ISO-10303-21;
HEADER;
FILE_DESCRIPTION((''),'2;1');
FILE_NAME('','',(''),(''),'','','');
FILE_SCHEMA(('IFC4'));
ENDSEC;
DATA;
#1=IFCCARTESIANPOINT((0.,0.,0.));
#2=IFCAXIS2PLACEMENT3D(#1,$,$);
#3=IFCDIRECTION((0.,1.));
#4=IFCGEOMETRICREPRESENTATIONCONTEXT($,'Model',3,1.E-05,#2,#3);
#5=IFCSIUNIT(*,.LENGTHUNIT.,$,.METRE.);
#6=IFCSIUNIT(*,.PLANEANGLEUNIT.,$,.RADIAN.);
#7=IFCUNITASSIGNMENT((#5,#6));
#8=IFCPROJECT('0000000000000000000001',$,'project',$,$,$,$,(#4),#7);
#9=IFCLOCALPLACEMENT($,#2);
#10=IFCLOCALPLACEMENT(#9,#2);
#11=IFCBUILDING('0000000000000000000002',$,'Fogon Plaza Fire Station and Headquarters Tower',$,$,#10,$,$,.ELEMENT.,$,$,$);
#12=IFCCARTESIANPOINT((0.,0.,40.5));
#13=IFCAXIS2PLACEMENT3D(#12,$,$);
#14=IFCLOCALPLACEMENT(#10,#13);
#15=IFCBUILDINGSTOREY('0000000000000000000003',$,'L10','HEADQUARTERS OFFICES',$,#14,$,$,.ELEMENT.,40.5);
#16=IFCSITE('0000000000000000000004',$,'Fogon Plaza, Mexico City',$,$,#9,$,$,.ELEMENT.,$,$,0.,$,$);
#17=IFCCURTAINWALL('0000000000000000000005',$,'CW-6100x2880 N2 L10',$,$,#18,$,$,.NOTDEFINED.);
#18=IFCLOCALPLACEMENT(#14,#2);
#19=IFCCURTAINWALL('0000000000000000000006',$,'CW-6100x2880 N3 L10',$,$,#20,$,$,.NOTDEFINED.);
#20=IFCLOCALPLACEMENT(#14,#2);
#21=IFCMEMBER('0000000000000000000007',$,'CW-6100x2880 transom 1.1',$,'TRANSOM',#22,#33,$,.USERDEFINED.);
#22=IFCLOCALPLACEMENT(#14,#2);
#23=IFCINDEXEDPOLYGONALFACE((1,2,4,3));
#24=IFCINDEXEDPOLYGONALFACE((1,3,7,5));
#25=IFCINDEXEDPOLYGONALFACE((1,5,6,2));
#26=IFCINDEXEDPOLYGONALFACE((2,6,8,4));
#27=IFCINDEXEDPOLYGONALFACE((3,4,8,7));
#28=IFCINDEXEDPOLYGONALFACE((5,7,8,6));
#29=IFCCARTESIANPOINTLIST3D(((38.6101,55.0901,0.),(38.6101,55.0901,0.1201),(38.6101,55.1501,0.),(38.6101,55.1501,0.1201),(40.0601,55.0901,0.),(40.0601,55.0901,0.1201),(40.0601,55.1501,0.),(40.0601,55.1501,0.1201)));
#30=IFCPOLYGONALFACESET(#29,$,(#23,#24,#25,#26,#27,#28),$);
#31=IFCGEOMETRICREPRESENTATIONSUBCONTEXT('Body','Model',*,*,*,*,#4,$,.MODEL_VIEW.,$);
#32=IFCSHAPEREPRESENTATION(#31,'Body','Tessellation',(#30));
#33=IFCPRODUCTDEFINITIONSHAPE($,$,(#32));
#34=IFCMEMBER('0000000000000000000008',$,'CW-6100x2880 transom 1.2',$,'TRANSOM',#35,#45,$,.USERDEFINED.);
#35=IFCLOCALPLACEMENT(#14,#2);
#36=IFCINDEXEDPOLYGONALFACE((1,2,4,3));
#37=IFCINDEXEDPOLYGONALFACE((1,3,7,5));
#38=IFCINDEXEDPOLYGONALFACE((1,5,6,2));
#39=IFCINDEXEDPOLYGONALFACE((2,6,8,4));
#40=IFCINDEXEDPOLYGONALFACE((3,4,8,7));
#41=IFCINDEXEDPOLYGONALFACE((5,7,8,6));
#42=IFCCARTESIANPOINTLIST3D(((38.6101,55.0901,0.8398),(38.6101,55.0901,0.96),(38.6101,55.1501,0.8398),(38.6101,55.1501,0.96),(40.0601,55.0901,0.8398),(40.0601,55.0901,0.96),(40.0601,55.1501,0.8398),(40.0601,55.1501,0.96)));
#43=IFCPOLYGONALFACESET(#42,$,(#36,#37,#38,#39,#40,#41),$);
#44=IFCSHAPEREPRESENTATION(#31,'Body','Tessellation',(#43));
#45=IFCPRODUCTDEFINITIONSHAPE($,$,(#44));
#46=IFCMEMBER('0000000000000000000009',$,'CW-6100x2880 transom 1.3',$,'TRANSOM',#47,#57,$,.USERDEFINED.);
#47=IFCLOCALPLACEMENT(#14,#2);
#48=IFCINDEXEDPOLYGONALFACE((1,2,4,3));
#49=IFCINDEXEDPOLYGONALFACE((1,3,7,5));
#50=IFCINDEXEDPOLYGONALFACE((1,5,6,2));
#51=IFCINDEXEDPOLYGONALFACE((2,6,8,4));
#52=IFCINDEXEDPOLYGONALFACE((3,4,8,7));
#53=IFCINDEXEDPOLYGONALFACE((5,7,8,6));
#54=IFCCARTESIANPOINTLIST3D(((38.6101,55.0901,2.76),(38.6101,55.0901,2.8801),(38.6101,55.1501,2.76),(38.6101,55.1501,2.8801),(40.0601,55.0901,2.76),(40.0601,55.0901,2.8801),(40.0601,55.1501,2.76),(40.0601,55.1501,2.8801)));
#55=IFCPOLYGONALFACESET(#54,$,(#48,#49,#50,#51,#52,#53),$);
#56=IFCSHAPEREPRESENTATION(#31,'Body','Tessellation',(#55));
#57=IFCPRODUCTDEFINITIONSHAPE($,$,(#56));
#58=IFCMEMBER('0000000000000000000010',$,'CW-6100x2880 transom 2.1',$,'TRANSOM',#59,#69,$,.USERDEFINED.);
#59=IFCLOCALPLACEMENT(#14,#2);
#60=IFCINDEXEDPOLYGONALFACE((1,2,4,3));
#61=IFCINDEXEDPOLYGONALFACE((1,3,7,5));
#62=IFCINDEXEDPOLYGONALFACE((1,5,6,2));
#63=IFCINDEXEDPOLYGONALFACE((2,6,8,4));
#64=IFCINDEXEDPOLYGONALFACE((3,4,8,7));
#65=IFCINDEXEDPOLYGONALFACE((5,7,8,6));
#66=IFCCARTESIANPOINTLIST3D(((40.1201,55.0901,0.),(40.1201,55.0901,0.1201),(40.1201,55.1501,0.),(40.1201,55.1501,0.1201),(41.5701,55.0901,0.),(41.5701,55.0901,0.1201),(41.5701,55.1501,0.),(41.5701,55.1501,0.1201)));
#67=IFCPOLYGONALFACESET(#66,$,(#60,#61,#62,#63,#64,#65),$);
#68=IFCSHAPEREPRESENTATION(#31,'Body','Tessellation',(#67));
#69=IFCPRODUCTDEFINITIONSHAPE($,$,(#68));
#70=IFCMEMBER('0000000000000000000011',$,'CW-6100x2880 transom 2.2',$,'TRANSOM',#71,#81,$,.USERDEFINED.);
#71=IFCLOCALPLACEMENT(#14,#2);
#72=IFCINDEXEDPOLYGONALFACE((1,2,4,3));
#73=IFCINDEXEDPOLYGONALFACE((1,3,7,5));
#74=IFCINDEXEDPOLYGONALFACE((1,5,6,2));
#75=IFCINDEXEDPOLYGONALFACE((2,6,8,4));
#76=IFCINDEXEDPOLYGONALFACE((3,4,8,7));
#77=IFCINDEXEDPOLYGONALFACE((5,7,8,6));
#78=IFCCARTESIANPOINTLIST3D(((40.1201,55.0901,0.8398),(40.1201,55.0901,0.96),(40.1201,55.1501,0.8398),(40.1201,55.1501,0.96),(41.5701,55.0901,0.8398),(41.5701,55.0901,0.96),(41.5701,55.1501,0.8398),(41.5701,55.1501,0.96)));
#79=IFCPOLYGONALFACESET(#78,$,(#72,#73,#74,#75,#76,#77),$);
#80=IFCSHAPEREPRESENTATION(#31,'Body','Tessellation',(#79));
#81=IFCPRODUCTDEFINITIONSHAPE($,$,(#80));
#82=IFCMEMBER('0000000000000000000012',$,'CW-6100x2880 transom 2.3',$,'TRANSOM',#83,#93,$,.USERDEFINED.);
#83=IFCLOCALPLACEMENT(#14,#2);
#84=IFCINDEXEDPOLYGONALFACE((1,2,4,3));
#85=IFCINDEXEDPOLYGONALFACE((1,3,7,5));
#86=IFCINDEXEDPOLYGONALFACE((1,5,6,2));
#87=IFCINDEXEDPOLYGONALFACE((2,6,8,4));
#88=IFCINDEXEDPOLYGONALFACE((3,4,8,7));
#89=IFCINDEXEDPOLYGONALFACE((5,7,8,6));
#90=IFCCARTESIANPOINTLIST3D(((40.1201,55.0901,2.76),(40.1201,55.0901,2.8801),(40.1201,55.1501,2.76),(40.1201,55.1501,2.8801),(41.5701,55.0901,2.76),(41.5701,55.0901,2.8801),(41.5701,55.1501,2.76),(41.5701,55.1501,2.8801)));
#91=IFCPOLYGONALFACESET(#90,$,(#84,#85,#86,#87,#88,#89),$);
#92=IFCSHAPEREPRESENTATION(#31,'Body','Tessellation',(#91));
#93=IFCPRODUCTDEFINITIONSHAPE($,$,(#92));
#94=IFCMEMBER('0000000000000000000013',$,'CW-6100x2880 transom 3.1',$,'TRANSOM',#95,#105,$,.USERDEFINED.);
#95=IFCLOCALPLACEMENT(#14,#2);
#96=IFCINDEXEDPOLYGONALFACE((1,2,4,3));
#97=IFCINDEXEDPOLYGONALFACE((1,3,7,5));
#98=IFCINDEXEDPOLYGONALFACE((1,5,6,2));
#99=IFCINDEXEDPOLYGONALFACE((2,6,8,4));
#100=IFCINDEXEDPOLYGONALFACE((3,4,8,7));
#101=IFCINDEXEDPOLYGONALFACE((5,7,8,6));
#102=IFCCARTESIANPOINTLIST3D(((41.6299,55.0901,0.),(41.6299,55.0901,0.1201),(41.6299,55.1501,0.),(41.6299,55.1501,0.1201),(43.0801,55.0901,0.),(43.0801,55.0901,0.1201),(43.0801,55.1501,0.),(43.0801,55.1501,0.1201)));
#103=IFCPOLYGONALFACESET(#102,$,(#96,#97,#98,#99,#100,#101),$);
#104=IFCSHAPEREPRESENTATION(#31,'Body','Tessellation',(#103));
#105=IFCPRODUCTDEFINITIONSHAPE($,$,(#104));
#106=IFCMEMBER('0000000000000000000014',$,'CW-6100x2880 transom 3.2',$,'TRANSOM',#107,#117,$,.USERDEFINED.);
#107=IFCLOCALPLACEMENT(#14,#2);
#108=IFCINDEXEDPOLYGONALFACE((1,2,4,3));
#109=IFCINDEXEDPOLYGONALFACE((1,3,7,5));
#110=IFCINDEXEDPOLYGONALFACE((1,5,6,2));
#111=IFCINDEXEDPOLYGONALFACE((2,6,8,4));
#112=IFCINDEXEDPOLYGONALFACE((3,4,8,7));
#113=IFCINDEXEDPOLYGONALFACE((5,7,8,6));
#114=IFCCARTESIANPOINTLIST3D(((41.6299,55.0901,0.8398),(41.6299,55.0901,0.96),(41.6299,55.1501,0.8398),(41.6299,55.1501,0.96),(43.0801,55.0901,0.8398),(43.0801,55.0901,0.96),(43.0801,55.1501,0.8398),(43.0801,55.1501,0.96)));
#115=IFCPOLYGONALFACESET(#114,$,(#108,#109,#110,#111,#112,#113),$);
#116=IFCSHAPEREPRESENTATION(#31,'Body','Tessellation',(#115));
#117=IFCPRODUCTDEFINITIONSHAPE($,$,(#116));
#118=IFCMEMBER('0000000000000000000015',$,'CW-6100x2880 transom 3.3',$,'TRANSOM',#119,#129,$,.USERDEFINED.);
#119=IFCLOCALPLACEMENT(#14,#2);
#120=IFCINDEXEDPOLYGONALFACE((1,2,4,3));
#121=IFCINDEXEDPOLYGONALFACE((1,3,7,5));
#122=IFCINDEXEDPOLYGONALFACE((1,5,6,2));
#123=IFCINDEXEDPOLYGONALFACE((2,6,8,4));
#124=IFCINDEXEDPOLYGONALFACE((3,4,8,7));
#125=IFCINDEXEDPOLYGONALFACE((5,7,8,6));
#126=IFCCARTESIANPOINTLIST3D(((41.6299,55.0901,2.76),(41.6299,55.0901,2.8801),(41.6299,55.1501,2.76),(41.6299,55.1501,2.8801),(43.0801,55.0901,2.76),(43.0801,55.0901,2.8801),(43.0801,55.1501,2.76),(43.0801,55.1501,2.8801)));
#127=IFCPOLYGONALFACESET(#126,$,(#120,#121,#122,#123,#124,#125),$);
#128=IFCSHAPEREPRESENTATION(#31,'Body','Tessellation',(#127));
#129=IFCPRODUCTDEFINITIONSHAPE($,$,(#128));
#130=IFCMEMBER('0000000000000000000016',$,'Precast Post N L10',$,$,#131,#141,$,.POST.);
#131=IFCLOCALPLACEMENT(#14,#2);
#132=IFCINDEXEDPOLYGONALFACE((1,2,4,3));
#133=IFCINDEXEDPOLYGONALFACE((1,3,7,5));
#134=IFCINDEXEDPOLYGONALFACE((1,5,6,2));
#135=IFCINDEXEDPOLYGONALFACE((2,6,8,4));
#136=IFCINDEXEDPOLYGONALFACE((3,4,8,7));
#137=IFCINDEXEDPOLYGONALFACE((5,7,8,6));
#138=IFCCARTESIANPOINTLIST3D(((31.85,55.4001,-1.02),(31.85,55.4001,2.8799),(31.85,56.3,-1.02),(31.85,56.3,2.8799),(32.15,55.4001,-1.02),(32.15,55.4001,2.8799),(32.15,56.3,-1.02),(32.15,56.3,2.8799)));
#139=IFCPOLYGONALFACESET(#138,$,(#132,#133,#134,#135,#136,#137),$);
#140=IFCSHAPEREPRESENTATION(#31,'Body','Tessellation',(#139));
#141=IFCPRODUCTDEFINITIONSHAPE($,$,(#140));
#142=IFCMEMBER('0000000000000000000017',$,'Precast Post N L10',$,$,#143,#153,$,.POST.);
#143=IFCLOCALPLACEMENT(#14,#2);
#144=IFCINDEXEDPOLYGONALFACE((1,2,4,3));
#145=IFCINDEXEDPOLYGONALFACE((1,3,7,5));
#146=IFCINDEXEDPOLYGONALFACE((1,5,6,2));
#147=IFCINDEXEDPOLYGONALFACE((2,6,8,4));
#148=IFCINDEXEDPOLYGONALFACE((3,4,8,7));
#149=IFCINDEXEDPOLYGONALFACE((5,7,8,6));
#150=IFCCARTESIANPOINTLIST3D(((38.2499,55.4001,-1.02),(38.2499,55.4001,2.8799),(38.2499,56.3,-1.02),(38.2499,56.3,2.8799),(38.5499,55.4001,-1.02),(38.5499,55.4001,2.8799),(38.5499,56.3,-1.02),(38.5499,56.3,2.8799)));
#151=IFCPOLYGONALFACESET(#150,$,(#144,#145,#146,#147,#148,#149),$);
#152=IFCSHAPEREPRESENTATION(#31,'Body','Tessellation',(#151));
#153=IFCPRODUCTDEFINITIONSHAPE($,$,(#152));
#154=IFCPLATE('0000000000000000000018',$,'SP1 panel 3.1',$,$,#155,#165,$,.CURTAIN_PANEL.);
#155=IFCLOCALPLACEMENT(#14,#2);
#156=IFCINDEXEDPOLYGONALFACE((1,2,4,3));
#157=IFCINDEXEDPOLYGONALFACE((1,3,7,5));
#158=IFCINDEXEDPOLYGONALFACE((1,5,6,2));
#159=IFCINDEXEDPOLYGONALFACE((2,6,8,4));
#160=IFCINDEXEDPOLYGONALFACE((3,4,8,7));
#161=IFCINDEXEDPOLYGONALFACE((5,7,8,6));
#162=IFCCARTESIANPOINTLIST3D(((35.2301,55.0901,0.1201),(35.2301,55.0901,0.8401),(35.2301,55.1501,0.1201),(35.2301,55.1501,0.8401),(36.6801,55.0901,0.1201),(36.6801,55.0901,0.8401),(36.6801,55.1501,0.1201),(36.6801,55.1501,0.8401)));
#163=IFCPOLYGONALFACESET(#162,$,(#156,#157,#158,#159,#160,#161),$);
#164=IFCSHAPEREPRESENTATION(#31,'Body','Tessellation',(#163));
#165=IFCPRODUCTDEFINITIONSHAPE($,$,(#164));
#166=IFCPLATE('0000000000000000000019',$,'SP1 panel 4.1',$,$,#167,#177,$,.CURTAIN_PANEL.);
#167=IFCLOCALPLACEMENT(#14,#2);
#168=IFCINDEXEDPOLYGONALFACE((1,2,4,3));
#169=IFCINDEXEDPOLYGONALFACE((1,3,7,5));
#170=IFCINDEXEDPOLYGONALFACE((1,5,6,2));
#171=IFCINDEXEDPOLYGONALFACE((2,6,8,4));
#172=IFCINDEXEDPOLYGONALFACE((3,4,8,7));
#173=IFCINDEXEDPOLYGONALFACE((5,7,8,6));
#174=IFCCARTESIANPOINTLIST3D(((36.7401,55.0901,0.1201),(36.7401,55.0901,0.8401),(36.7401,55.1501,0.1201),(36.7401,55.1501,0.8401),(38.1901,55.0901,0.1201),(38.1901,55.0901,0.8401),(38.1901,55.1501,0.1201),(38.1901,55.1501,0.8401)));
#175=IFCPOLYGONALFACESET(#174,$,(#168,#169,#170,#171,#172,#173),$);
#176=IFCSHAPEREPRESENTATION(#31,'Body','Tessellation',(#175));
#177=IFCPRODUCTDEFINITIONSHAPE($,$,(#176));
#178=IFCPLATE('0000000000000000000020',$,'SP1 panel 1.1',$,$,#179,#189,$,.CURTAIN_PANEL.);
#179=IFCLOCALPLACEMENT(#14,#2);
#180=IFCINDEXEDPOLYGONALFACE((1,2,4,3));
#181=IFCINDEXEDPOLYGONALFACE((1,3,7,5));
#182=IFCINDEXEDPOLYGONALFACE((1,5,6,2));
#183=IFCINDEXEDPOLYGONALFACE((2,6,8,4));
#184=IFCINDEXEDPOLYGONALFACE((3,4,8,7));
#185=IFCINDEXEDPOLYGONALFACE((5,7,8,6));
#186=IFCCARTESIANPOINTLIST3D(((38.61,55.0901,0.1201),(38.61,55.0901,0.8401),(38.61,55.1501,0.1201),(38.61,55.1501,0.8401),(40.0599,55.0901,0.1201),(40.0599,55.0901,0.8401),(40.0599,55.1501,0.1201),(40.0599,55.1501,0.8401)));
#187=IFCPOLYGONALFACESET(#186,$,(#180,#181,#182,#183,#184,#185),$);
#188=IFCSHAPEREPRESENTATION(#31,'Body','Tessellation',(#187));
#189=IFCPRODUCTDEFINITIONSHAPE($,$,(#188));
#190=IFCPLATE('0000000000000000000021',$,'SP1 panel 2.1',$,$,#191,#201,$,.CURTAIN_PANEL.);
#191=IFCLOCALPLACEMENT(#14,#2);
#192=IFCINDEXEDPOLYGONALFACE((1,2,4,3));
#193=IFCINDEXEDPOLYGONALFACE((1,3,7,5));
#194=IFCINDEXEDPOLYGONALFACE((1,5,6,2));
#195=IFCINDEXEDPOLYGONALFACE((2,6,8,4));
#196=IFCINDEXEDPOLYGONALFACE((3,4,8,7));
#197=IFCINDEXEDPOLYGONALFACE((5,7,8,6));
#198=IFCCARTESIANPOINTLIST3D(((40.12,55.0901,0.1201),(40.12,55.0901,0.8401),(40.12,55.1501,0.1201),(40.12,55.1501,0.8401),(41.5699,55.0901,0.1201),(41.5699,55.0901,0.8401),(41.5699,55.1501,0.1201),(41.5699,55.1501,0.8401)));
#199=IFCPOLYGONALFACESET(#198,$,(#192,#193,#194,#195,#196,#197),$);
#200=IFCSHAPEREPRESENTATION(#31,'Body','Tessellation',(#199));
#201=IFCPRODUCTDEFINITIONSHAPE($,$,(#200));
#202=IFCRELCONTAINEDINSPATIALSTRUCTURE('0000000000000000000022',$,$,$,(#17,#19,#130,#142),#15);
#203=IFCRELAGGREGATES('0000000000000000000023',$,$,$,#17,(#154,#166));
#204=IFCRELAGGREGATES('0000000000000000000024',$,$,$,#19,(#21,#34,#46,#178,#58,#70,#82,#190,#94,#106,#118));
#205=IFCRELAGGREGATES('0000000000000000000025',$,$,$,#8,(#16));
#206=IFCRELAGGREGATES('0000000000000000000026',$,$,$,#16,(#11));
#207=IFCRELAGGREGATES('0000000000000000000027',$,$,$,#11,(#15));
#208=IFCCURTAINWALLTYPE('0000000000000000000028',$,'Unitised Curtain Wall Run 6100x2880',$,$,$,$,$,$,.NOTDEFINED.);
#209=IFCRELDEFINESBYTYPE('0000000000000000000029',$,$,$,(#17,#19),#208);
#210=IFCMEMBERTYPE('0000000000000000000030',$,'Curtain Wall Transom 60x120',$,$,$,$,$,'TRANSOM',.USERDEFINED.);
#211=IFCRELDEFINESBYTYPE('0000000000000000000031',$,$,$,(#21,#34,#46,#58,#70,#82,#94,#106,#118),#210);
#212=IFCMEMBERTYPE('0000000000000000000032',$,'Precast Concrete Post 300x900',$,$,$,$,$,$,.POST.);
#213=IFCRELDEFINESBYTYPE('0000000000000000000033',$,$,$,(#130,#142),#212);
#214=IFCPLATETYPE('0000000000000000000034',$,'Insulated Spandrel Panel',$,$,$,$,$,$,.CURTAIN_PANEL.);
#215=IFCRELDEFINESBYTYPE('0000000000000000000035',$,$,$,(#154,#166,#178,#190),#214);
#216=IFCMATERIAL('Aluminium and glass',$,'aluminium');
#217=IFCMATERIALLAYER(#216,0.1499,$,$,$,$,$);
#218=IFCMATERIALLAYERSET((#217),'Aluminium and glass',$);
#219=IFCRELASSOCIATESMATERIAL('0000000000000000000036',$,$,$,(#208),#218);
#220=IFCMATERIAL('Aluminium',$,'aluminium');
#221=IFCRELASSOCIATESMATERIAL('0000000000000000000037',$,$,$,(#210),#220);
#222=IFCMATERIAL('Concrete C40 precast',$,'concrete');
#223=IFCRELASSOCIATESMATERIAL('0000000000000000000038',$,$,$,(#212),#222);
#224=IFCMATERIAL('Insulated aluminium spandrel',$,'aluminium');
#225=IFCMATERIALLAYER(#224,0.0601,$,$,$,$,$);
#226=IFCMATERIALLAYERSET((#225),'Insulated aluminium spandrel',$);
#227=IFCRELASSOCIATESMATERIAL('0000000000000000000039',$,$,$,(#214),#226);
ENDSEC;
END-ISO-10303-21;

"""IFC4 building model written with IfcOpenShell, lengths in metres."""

from ifc_helpers import new_model, si_unit, direction, frame, origin, origin_2d, place, context, subcontext, project, spatial, rectangle, extrude, material, layer, layer_set, material_profile, profile_set, type_object, element, aggregate, save


model = new_model("IFC4")

# Units and contexts
model_context = context("Model", 3, precision=1e-05, world=origin(), true_north=direction((0.0, 1.0)))
body_context = subcontext(model_context, "Body", "Model", "MODEL_VIEW")
ifc_project = project(units=[si_unit("LENGTHUNIT", "METRE"), si_unit("PLANEANGLEUNIT", "RADIAN")], contexts=[model_context])

# Site, building, storey
site_placement = place(None, origin())
site = spatial("IfcSite", under=ifc_project, at=site_placement, Name="Fogon Plaza, Mexico City", CompositionType="ELEMENT", RefElevation=0.0)
building_placement = place(site_placement, origin())
building = spatial("IfcBuilding", under=site, at=building_placement, Name="Fogon Plaza Fire Station and Headquarters Tower", CompositionType="ELEMENT")
storey_placement = place(building_placement, frame((0.0, 0.0, 40.5)))
storey = spatial("IfcBuildingStorey", under=building, at=storey_placement, Name="L10", Description="HEADQUARTERS OFFICES", CompositionType="ELEMENT", Elevation=40.5)

# Curtain walls
ifc_material_1 = material(Name="Aluminium and glass", Category="aluminium")
ifc_layer_1 = layer(ifc_material_1, 0.1499)
ifc_layer_set_1 = layer_set([ifc_layer_1], Name="Aluminium and glass")
curtain_wall_type = type_object("IfcCurtainWallType", Name="Unitised Curtain Wall Run 6100x2880", PredefinedType="NOTDEFINED", material=ifc_layer_set_1)
curtain_wall_1_placement = place(storey_placement, origin())
curtain_wall_1 = element("IfcCurtainWall", 1, at=curtain_wall_1_placement, inside=storey, type_object=curtain_wall_type, Name="CW-6100x2880 N2 L10", PredefinedType="NOTDEFINED")
curtain_wall_2_placement = place(storey_placement, origin())
curtain_wall_2 = element("IfcCurtainWall", 2, at=curtain_wall_2_placement, inside=storey, type_object=curtain_wall_type, Name="CW-6100x2880 N3 L10", PredefinedType="NOTDEFINED")

# Members
ifc_material_2 = material(Name="Aluminium", Category="aluminium")
ifc_material_profile_1 = material_profile(ifc_material_2, rectangle(XDim=0.0601, YDim=0.1201, at=origin_2d()), Name="Curtain Wall Transom 60x120")
ifc_profile_set_1 = profile_set([ifc_material_profile_1], Name="Aluminium")
member_type_1 = type_object("IfcMemberType", Name="Curtain Wall Transom 60x120", ElementType="TRANSOM", PredefinedType="USERDEFINED", material=ifc_profile_set_1)
member_1_placement = place(storey_placement, frame((38.6101, 55.1201, 0.0601), z_axis=(1.0, 0.0, 0.0), x_axis=(0.0, 1.0, 0.0)))
member_1 = element("IfcMember", 3, at=member_1_placement, type_object=member_type_1, Name="CW-6100x2880 transom 1.1", ObjectType="TRANSOM", PredefinedType="USERDEFINED", context=body_context, shape_type="SweptSolid", body=[
    extrude(rectangle(XDim=0.0601, YDim=0.1201, at=origin_2d()), origin(), (0.0, 0.0, 1.0), 1.45),
])
member_2_placement = place(storey_placement, frame((38.6101, 55.1201, 0.8999), z_axis=(1.0, 0.0, 0.0), x_axis=(0.0, 1.0, 0.0)))
member_2 = element("IfcMember", 4, at=member_2_placement, type_object=member_type_1, Name="CW-6100x2880 transom 1.2", ObjectType="TRANSOM", PredefinedType="USERDEFINED", context=body_context, shape_type="SweptSolid", body=[
    extrude(rectangle(XDim=0.0601, YDim=0.1201, at=origin_2d()), origin(), (0.0, 0.0, 1.0), 1.45),
])
member_3_placement = place(storey_placement, frame((38.6101, 55.1201, 2.8201), z_axis=(1.0, 0.0, 0.0), x_axis=(0.0, 1.0, 0.0)))
member_3 = element("IfcMember", 5, at=member_3_placement, type_object=member_type_1, Name="CW-6100x2880 transom 1.3", ObjectType="TRANSOM", PredefinedType="USERDEFINED", context=body_context, shape_type="SweptSolid", body=[
    extrude(rectangle(XDim=0.0601, YDim=0.1201, at=origin_2d()), origin(), (0.0, 0.0, 1.0), 1.45),
])
member_4_placement = place(storey_placement, frame((40.1201, 55.1201, 0.0601), z_axis=(1.0, 0.0, 0.0), x_axis=(0.0, 1.0, 0.0)))
member_4 = element("IfcMember", 6, at=member_4_placement, type_object=member_type_1, Name="CW-6100x2880 transom 2.1", ObjectType="TRANSOM", PredefinedType="USERDEFINED", context=body_context, shape_type="SweptSolid", body=[
    extrude(rectangle(XDim=0.0601, YDim=0.1201, at=origin_2d()), origin(), (0.0, 0.0, 1.0), 1.45),
])
member_5_placement = place(storey_placement, frame((40.1201, 55.1201, 0.8999), z_axis=(1.0, 0.0, 0.0), x_axis=(0.0, 1.0, 0.0)))
member_5 = element("IfcMember", 7, at=member_5_placement, type_object=member_type_1, Name="CW-6100x2880 transom 2.2", ObjectType="TRANSOM", PredefinedType="USERDEFINED", context=body_context, shape_type="SweptSolid", body=[
    extrude(rectangle(XDim=0.0601, YDim=0.1201, at=origin_2d()), origin(), (0.0, 0.0, 1.0), 1.45),
])
member_6_placement = place(storey_placement, frame((40.1201, 55.1201, 2.8201), z_axis=(1.0, 0.0, 0.0), x_axis=(0.0, 1.0, 0.0)))
member_6 = element("IfcMember", 8, at=member_6_placement, type_object=member_type_1, Name="CW-6100x2880 transom 2.3", ObjectType="TRANSOM", PredefinedType="USERDEFINED", context=body_context, shape_type="SweptSolid", body=[
    extrude(rectangle(XDim=0.0601, YDim=0.1201, at=origin_2d()), origin(), (0.0, 0.0, 1.0), 1.45),
])
member_7_placement = place(storey_placement, frame((41.6299, 55.1201, 0.0601), z_axis=(1.0, 0.0, 0.0), x_axis=(0.0, 1.0, 0.0)))
member_7 = element("IfcMember", 9, at=member_7_placement, type_object=member_type_1, Name="CW-6100x2880 transom 3.1", ObjectType="TRANSOM", PredefinedType="USERDEFINED", context=body_context, shape_type="SweptSolid", body=[
    extrude(rectangle(XDim=0.0601, YDim=0.1201, at=origin_2d()), origin(), (0.0, 0.0, 1.0), 1.4502),
])
member_8_placement = place(storey_placement, frame((41.6299, 55.1201, 0.8999), z_axis=(1.0, 0.0, 0.0), x_axis=(0.0, 1.0, 0.0)))
member_8 = element("IfcMember", 10, at=member_8_placement, type_object=member_type_1, Name="CW-6100x2880 transom 3.2", ObjectType="TRANSOM", PredefinedType="USERDEFINED", context=body_context, shape_type="SweptSolid", body=[
    extrude(rectangle(XDim=0.0601, YDim=0.1201, at=origin_2d()), origin(), (0.0, 0.0, 1.0), 1.4502),
])
member_9_placement = place(storey_placement, frame((41.6299, 55.1201, 2.8201), z_axis=(1.0, 0.0, 0.0), x_axis=(0.0, 1.0, 0.0)))
member_9 = element("IfcMember", 11, at=member_9_placement, type_object=member_type_1, Name="CW-6100x2880 transom 3.3", ObjectType="TRANSOM", PredefinedType="USERDEFINED", context=body_context, shape_type="SweptSolid", body=[
    extrude(rectangle(XDim=0.0601, YDim=0.1201, at=origin_2d()), origin(), (0.0, 0.0, 1.0), 1.4502),
])

# Members
ifc_material_3 = material(Name="Concrete C40 precast", Category="concrete")
ifc_material_profile_2 = material_profile(ifc_material_3, rectangle(XDim=0.3, YDim=0.8999, at=origin_2d()), Name="Precast Concrete Post 300x900")
ifc_profile_set_2 = profile_set([ifc_material_profile_2], Name="Concrete C40 precast")
member_type_2 = type_object("IfcMemberType", Name="Precast Concrete Post 300x900", PredefinedType="POST", material=ifc_profile_set_2)
for number, where, z_axis, x_axis, name in (
    (12, (32.0, 55.8501, -1.02), (0.0, 0.0, 1.0), (1.0, 0.0, 0.0), "Precast Post N L10"),
    (13, (38.3999, 55.8501, -1.02), (0.0, 0.0, 1.0), (1.0, 0.0, 0.0), "Precast Post N L10"),
):
    element("IfcMember", number, at=place(storey_placement, frame(where, z_axis=z_axis, x_axis=x_axis)), inside=storey, type_object=member_type_2, Name=name, PredefinedType="POST", context=body_context, shape_type="SweptSolid", body=[
        extrude(rectangle(XDim=0.3, YDim=0.8999, at=origin_2d()), origin(), (0.0, 0.0, 1.0), 3.8999),
    ])

# Plates
ifc_material_4 = material(Name="Insulated aluminium spandrel", Category="aluminium")
ifc_layer_2 = layer(ifc_material_4, 0.0601)
ifc_layer_set_2 = layer_set([ifc_layer_2], Name="Insulated aluminium spandrel")
plate_type_1 = type_object("IfcPlateType", Name="Insulated Spandrel Panel", PredefinedType="CURTAIN_PANEL", material=ifc_layer_set_2)
plate_1_placement = place(storey_placement, frame((35.9551, 55.1201, 0.1201), z_axis=(0.0, 0.0, 1.0), x_axis=(1.0, 0.0, 0.0)))
plate_1 = element("IfcPlate", 14, at=plate_1_placement, type_object=plate_type_1, Name="SP1 panel 3.1", PredefinedType="CURTAIN_PANEL", context=body_context, shape_type="SweptSolid", body=[
    extrude(rectangle(XDim=1.45, YDim=0.0601, at=origin_2d()), origin(), (0.0, 0.0, 1.0), 0.72),
])
plate_2_placement = place(storey_placement, frame((37.4651, 55.1201, 0.1201), z_axis=(0.0, 0.0, 1.0), x_axis=(1.0, 0.0, 0.0)))
plate_2 = element("IfcPlate", 15, at=plate_2_placement, type_object=plate_type_1, Name="SP1 panel 4.1", PredefinedType="CURTAIN_PANEL", context=body_context, shape_type="SweptSolid", body=[
    extrude(rectangle(XDim=1.45, YDim=0.0601, at=origin_2d()), origin(), (0.0, 0.0, 1.0), 0.72),
])
plate_3_placement = place(storey_placement, frame((39.335, 55.1201, 0.1201), z_axis=(0.0, 0.0, 1.0), x_axis=(1.0, 0.0, 0.0)))
plate_3 = element("IfcPlate", 16, at=plate_3_placement, type_object=plate_type_1, Name="SP1 panel 1.1", PredefinedType="CURTAIN_PANEL", context=body_context, shape_type="SweptSolid", body=[
    extrude(rectangle(XDim=1.45, YDim=0.0601, at=origin_2d()), origin(), (0.0, 0.0, 1.0), 0.72),
])
plate_4_placement = place(storey_placement, frame((40.845, 55.1201, 0.1201), z_axis=(0.0, 0.0, 1.0), x_axis=(1.0, 0.0, 0.0)))
plate_4 = element("IfcPlate", 17, at=plate_4_placement, type_object=plate_type_1, Name="SP1 panel 2.1", PredefinedType="CURTAIN_PANEL", context=body_context, shape_type="SweptSolid", body=[
    extrude(rectangle(XDim=1.45, YDim=0.0601, at=origin_2d()), origin(), (0.0, 0.0, 1.0), 0.72),
])
aggregate(curtain_wall_1, [plate_1, plate_2])
aggregate(curtain_wall_2, [member_1, member_2, member_3, plate_3, member_4, member_5, member_6, plate_4, member_7, member_8, member_9])

save(model, "model.ifc")
